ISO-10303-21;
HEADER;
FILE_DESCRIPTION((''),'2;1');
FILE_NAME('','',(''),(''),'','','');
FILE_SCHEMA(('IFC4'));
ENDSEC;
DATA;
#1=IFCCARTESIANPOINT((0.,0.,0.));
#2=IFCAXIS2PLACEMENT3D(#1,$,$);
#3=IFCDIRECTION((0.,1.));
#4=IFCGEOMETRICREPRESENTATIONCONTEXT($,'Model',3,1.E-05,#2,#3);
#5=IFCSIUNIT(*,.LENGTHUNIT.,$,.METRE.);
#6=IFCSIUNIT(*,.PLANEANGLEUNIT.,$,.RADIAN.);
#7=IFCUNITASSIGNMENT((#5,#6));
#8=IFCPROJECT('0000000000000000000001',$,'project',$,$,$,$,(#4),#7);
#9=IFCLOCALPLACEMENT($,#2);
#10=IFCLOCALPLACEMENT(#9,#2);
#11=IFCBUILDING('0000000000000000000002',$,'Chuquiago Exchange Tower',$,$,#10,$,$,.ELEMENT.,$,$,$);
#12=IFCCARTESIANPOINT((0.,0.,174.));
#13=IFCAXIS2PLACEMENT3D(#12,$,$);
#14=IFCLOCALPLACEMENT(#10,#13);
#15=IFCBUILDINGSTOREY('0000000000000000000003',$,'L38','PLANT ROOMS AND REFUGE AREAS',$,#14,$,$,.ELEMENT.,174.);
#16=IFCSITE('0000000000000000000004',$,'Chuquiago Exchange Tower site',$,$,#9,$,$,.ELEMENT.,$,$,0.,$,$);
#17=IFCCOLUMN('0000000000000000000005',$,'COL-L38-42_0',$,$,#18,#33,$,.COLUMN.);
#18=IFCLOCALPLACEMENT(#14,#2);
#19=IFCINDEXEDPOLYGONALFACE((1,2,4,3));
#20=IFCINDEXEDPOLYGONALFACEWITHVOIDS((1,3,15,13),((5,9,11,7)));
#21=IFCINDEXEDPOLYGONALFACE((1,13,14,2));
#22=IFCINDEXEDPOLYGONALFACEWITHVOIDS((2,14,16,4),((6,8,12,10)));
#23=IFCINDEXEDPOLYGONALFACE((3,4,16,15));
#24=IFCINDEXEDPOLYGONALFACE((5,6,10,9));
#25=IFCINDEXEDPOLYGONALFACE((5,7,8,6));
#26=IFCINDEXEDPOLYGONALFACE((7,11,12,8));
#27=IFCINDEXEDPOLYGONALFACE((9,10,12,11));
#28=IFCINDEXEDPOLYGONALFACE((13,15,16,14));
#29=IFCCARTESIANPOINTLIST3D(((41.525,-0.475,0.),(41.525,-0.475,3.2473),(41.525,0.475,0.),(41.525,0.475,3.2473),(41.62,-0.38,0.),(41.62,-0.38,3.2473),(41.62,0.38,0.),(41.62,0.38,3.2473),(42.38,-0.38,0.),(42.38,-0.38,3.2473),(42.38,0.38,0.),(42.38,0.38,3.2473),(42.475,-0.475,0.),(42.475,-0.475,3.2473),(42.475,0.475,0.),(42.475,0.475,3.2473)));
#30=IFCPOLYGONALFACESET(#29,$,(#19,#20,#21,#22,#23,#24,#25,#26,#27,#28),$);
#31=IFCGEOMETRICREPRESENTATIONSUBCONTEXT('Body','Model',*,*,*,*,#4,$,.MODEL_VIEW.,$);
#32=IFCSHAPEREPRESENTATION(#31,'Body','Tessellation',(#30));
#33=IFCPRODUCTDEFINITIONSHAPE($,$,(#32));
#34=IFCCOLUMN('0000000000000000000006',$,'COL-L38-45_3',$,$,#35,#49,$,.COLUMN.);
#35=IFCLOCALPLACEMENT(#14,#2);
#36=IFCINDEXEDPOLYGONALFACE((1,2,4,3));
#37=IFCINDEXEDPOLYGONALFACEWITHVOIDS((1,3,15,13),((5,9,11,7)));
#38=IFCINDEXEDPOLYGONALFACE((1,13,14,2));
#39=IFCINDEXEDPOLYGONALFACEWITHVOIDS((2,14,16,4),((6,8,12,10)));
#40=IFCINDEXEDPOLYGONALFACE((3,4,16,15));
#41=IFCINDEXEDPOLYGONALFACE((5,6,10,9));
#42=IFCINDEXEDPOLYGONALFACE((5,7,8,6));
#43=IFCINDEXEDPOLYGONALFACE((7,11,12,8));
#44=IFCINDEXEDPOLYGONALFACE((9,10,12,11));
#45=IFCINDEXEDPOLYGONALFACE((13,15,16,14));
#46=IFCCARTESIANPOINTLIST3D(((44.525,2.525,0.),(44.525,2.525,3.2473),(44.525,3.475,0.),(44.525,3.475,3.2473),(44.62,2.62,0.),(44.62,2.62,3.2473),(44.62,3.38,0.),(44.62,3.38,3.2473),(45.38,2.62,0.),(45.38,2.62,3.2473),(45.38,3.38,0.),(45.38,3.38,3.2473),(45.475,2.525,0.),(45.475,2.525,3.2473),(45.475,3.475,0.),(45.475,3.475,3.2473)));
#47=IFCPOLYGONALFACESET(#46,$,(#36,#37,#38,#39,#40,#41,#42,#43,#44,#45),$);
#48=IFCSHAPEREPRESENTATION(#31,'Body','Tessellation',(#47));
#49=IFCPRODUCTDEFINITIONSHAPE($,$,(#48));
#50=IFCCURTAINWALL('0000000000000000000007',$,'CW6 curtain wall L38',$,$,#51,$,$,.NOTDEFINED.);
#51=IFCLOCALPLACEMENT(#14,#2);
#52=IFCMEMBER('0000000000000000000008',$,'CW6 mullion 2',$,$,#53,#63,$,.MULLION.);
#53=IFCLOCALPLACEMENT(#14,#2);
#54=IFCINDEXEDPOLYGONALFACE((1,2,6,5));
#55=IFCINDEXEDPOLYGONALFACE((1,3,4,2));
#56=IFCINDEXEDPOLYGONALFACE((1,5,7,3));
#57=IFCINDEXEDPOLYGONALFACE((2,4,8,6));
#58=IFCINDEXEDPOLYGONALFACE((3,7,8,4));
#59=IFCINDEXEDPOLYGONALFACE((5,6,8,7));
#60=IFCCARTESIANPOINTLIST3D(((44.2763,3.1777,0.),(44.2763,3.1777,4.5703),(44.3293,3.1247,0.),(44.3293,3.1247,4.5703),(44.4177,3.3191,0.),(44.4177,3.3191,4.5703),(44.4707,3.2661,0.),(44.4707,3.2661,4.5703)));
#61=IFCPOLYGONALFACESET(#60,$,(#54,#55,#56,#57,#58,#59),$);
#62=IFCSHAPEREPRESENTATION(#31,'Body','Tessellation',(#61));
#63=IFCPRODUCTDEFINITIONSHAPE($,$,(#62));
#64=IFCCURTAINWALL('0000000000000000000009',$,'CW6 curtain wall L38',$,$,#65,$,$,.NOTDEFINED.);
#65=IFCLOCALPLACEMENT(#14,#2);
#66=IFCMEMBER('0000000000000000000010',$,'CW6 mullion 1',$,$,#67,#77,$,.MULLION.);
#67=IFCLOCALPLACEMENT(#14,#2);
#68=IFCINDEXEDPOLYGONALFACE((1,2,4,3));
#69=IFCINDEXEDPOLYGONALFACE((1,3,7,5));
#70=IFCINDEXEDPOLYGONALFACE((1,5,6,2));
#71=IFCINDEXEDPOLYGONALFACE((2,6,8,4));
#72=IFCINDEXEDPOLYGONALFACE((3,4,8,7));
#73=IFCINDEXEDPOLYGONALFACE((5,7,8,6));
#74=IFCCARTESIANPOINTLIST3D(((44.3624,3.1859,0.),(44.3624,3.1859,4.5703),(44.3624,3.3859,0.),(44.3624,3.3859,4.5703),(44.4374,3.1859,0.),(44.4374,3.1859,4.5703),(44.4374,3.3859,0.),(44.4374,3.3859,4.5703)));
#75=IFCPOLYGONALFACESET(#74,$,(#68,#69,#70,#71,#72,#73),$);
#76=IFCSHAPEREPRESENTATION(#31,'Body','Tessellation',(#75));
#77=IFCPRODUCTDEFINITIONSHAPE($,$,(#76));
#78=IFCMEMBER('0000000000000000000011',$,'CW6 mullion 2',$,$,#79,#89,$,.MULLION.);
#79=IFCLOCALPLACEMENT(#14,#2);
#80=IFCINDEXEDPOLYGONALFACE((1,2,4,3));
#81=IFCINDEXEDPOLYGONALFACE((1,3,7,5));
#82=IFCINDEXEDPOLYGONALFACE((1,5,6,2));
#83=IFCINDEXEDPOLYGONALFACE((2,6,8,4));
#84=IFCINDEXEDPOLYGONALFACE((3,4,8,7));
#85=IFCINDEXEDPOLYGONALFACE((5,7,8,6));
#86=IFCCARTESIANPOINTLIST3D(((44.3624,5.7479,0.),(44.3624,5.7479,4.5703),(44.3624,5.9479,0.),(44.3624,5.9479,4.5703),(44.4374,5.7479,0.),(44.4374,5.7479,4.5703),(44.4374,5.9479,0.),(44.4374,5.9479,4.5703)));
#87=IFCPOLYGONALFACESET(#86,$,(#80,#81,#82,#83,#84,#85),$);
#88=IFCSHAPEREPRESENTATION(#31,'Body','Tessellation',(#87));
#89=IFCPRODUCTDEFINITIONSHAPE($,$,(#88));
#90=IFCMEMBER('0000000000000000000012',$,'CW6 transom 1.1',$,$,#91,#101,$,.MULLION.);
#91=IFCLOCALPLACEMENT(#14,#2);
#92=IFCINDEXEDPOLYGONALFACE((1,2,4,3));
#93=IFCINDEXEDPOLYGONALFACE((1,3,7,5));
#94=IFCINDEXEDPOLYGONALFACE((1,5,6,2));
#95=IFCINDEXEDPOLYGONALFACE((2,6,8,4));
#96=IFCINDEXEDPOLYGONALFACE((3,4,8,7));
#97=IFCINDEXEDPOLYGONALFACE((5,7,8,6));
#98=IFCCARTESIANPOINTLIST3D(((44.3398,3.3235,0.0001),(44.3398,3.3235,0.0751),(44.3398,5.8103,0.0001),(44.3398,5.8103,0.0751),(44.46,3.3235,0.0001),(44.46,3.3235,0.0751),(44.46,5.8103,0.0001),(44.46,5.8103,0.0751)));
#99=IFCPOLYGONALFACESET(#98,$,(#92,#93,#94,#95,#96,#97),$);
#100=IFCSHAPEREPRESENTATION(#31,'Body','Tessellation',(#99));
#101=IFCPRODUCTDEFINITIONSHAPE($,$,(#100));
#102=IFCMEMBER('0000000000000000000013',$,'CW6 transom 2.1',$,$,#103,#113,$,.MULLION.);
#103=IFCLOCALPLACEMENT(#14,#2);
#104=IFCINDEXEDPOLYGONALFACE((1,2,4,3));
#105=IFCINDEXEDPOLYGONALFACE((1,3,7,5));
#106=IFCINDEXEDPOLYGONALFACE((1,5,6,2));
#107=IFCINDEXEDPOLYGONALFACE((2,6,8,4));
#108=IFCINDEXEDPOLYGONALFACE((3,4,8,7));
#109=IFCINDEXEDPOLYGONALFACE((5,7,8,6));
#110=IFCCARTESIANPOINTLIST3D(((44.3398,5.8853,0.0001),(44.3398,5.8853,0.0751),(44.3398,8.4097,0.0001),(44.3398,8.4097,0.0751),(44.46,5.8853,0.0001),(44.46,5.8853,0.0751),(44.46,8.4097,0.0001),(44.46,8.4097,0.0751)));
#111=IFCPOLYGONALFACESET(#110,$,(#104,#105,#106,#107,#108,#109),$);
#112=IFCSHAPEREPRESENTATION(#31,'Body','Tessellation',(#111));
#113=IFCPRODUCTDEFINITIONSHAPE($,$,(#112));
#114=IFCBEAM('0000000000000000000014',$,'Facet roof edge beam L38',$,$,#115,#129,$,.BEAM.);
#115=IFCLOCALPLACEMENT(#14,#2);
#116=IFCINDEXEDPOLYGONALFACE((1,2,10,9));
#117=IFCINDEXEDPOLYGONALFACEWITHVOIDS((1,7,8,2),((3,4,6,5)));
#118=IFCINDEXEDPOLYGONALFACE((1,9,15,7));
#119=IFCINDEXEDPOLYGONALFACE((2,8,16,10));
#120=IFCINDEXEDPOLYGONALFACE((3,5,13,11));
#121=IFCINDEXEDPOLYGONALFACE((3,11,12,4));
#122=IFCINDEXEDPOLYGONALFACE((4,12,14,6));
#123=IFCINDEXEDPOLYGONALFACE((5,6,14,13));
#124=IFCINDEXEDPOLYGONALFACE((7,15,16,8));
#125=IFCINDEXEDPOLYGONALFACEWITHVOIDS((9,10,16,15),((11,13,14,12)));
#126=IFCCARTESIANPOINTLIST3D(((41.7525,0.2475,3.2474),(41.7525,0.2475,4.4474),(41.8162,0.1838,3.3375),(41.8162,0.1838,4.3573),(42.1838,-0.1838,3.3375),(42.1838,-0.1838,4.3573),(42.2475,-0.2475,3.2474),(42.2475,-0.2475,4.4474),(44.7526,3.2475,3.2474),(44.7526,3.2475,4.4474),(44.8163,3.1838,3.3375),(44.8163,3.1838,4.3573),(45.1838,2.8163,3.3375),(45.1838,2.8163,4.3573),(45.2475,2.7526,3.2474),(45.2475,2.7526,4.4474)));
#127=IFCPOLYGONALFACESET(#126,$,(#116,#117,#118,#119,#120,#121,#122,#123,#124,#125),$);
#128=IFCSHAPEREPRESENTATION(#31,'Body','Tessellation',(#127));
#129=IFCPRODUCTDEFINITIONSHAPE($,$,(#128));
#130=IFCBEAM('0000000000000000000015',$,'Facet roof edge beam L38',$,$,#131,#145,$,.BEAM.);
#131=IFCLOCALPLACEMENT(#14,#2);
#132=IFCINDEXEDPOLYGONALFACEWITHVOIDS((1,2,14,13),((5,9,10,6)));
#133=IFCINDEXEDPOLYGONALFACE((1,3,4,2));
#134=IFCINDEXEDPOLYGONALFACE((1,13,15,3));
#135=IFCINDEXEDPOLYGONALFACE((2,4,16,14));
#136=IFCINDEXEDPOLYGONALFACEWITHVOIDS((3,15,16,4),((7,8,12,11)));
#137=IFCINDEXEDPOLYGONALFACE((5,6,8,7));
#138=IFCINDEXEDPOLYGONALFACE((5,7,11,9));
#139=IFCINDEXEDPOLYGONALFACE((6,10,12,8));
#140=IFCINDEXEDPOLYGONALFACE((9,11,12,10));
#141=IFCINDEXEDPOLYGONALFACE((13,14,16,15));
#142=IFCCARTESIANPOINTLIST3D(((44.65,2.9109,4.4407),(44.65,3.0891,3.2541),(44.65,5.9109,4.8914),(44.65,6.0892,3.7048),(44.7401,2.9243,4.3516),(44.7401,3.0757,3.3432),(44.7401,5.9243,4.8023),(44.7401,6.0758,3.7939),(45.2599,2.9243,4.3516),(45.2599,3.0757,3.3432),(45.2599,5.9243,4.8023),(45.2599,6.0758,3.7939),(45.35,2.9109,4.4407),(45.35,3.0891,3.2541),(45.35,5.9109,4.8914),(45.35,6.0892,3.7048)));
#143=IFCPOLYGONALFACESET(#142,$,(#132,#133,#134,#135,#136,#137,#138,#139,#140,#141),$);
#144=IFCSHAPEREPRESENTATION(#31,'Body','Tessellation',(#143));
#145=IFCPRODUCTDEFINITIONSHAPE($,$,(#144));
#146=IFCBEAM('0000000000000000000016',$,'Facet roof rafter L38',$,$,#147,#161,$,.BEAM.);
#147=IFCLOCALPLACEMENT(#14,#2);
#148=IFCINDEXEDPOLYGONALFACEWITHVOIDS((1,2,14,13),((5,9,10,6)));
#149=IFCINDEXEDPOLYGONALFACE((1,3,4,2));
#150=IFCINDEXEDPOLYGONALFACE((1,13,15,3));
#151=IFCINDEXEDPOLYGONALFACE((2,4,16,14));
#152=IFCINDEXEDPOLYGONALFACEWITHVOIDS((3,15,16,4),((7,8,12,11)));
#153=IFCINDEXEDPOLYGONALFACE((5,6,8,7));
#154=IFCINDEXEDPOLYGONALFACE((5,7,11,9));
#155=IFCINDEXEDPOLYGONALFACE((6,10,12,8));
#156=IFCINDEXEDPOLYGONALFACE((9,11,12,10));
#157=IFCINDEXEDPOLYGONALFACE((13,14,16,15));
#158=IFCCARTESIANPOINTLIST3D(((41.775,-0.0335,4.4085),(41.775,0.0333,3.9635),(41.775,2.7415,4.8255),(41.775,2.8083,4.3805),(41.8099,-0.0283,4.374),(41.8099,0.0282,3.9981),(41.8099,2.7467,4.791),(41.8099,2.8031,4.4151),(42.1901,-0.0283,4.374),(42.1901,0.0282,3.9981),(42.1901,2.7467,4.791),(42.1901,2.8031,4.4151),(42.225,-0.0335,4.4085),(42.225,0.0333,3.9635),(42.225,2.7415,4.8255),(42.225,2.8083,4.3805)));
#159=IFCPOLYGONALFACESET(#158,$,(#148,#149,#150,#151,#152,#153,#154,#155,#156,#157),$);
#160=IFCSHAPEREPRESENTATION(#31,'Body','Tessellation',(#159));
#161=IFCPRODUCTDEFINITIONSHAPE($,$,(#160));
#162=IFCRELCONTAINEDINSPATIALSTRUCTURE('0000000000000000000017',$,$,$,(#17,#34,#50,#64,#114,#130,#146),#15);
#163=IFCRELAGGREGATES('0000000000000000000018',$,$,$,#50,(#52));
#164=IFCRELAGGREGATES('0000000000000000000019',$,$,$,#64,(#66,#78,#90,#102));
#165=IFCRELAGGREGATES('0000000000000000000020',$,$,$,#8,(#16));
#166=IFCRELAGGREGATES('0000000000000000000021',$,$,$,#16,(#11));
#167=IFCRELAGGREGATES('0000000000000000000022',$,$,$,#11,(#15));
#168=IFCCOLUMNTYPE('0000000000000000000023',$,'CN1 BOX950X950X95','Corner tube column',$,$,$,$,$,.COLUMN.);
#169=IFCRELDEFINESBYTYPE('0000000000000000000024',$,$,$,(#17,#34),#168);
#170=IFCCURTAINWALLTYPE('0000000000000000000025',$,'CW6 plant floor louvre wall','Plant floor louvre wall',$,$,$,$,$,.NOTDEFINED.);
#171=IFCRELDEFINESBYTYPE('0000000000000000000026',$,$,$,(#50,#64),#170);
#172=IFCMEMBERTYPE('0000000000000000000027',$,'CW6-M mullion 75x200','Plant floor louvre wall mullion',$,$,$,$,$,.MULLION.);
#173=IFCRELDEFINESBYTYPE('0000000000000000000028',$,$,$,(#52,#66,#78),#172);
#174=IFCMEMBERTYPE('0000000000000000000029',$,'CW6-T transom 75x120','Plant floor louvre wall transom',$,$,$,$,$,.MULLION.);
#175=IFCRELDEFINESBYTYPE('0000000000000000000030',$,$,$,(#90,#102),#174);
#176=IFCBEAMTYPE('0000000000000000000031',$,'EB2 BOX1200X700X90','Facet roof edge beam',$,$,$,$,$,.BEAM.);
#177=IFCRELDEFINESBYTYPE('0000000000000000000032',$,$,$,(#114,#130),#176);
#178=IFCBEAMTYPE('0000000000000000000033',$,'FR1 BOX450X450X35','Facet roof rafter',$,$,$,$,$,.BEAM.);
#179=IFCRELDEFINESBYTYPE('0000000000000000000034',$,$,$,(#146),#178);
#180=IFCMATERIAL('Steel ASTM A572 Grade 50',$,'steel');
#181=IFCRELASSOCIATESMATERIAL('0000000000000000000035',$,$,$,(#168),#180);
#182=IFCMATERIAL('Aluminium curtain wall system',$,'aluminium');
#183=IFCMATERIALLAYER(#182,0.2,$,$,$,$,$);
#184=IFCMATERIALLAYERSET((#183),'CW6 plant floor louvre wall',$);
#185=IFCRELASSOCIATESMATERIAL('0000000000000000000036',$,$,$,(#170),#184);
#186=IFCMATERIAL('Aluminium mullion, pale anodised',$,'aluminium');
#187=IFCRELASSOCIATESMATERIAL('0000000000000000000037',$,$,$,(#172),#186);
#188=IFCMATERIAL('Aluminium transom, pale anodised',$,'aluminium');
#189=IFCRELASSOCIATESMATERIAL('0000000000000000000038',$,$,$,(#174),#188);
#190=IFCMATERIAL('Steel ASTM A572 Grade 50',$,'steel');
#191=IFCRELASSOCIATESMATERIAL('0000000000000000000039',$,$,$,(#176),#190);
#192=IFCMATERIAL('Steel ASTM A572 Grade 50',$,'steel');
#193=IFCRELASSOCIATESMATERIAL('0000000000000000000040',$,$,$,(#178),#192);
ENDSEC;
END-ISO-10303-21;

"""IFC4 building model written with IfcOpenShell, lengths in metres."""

from ifc_helpers import new_model, si_unit, direction, frame, origin, origin_2d, place, context, subcontext, project, spatial, rectangle, hollow_rectangle, extrude, material, layer, layer_set, material_profile, profile_set, type_object, element, aggregate, save


model = new_model("IFC4")

# Units and contexts
model_context = context("Model", 3, precision=1e-05, world=origin(), true_north=direction((0.0, 1.0)))
body_context = subcontext(model_context, "Body", "Model", "MODEL_VIEW")
ifc_project = project(units=[si_unit("LENGTHUNIT", "METRE"), si_unit("PLANEANGLEUNIT", "RADIAN")], contexts=[model_context])

# Site, building, storey
site_placement = place(None, origin())
site = spatial("IfcSite", under=ifc_project, at=site_placement, Name="Chuquiago Exchange Tower site", CompositionType="ELEMENT", RefElevation=0.0)
building_placement = place(site_placement, origin())
building = spatial("IfcBuilding", under=site, at=building_placement, Name="Chuquiago Exchange Tower", CompositionType="ELEMENT")
storey_placement = place(building_placement, frame((0.0, 0.0, 174.0)))
storey = spatial("IfcBuildingStorey", under=building, at=storey_placement, Name="L38", Description="PLANT ROOMS AND REFUGE AREAS", CompositionType="ELEMENT", Elevation=174.0)

# Columns
ifc_material_1 = material(Name="Steel ASTM A572 Grade 50", Category="steel")
ifc_material_profile_1 = material_profile(ifc_material_1, hollow_rectangle(XDim=0.95, YDim=0.95, WallThickness=0.095, at=origin_2d()), Name="BOX950X950X95")
ifc_profile_set_1 = profile_set([ifc_material_profile_1], Name="Steel ASTM A572 Grade 50")
column_type = type_object("IfcColumnType", Name="CN1 BOX950X950X95", Description="Corner tube column", PredefinedType="COLUMN", material=ifc_profile_set_1)
for number, where, z_axis, x_axis, name in (
    (1, (42.0, 0.0, 0.0), (0.0, 0.0, 1.0), (0.0, -1.0, 0.0), "COL-L38-42_0"),
    (2, (45.0, 3.0, 0.0), (0.0, 0.0, 1.0), (1.0, 0.0, 0.0), "COL-L38-45_3"),
):
    element("IfcColumn", number, at=place(storey_placement, frame(where, z_axis=z_axis, x_axis=x_axis)), inside=storey, type_object=column_type, Name=name, PredefinedType="COLUMN", context=body_context, shape_type="SweptSolid", body=[
        extrude(hollow_rectangle(XDim=0.95, YDim=0.95, WallThickness=0.095, at=origin_2d()), origin(), (0.0, 0.0, 1.0), 3.2473),
    ])

# Curtain wall, member
ifc_material_2 = material(Name="Aluminium curtain wall system", Category="aluminium")
ifc_layer_1 = layer(ifc_material_2, 0.2)
ifc_layer_set_1 = layer_set([ifc_layer_1], Name="CW6 plant floor louvre wall")
curtain_wall_type = type_object("IfcCurtainWallType", Name="CW6 plant floor louvre wall", Description="Plant floor louvre wall", PredefinedType="NOTDEFINED", material=ifc_layer_set_1)
curtain_wall_1_placement = place(storey_placement, origin())
curtain_wall_1 = element("IfcCurtainWall", 3, at=curtain_wall_1_placement, inside=storey, type_object=curtain_wall_type, Name="CW6 curtain wall L38", PredefinedType="NOTDEFINED")
ifc_material_3 = material(Name="Aluminium mullion, pale anodised", Category="aluminium")
ifc_material_profile_2 = material_profile(ifc_material_3, rectangle(XDim=0.075, YDim=0.2, at=origin_2d()), Name="AL 75x200")
ifc_profile_set_2 = profile_set([ifc_material_profile_2], Name="Aluminium mullion, pale anodised")
member_type_1 = type_object("IfcMemberType", Name="CW6-M mullion 75x200", Description="Plant floor louvre wall mullion", PredefinedType="MULLION", material=ifc_profile_set_2)
member_1_placement = place(storey_placement, frame((44.3735, 3.2219, 0.0), z_axis=(0.0, 0.0, 1.0), x_axis=(-0.707107, 0.707107, 0.0)))
member_1 = element("IfcMember", 4, at=member_1_placement, type_object=member_type_1, Name="CW6 mullion 2", PredefinedType="MULLION", context=body_context, shape_type="SweptSolid", body=[
    extrude(rectangle(XDim=0.075, YDim=0.2, at=origin_2d()), origin(), (0.0, 0.0, 1.0), 4.5703),
])

# Curtain wall, members
curtain_wall_2_placement = place(storey_placement, origin())
curtain_wall_2 = element("IfcCurtainWall", 5, at=curtain_wall_2_placement, inside=storey, type_object=curtain_wall_type, Name="CW6 curtain wall L38", PredefinedType="NOTDEFINED")
member_2_placement = place(storey_placement, frame((44.3999, 3.2859, 0.0), z_axis=(0.0, 0.0, 1.0), x_axis=(-1.0, 0.0, 0.0)))
member_2 = element("IfcMember", 6, at=member_2_placement, type_object=member_type_1, Name="CW6 mullion 1", PredefinedType="MULLION", context=body_context, shape_type="SweptSolid", body=[
    extrude(rectangle(XDim=0.075, YDim=0.2, at=origin_2d()), origin(), (0.0, 0.0, 1.0), 4.5703),
])
member_3_placement = place(storey_placement, frame((44.3999, 5.8479, 0.0), z_axis=(0.0, 0.0, 1.0), x_axis=(-1.0, 0.0, 0.0)))
member_3 = element("IfcMember", 7, at=member_3_placement, type_object=member_type_1, Name="CW6 mullion 2", PredefinedType="MULLION", context=body_context, shape_type="SweptSolid", body=[
    extrude(rectangle(XDim=0.075, YDim=0.2, at=origin_2d()), origin(), (0.0, 0.0, 1.0), 4.5703),
])
ifc_material_4 = material(Name="Aluminium transom, pale anodised", Category="aluminium")
ifc_material_profile_3 = material_profile(ifc_material_4, rectangle(XDim=0.1201, YDim=0.075, at=origin_2d()), Name="AL 120x75")
ifc_profile_set_3 = profile_set([ifc_material_profile_3], Name="Aluminium transom, pale anodised")
member_type_2 = type_object("IfcMemberType", Name="CW6-T transom 75x120", Description="Plant floor louvre wall transom", PredefinedType="MULLION", material=ifc_profile_set_3)
member_4_placement = place(storey_placement, frame((44.3999, 3.3235, 0.0376), z_axis=(0.0, 1.0, 0.0), x_axis=(-1.0, 0.0, 0.0)))
member_4 = element("IfcMember", 8, at=member_4_placement, type_object=member_type_2, Name="CW6 transom 1.1", PredefinedType="MULLION", context=body_context, shape_type="SweptSolid", body=[
    extrude(rectangle(XDim=0.1201, YDim=0.075, at=origin_2d()), origin(), (0.0, 0.0, 1.0), 2.4868),
])
member_5_placement = place(storey_placement, frame((44.3999, 5.8853, 0.0376), z_axis=(0.0, 1.0, 0.0), x_axis=(-1.0, 0.0, 0.0)))
member_5 = element("IfcMember", 9, at=member_5_placement, type_object=member_type_2, Name="CW6 transom 2.1", PredefinedType="MULLION", context=body_context, shape_type="SweptSolid", body=[
    extrude(rectangle(XDim=0.1201, YDim=0.075, at=origin_2d()), origin(), (0.0, 0.0, 1.0), 2.5244),
])

# Beams
ifc_material_5 = material(Name="Steel ASTM A572 Grade 50", Category="steel")
ifc_material_profile_4 = material_profile(ifc_material_5, hollow_rectangle(XDim=0.7, YDim=1.2, WallThickness=0.0901, at=origin_2d()), Name="BOX1200X700X90")
ifc_profile_set_4 = profile_set([ifc_material_profile_4], Name="Steel ASTM A572 Grade 50")
beam_type_1 = type_object("IfcBeamType", Name="EB2 BOX1200X700X90", Description="Facet roof edge beam", PredefinedType="BEAM", material=ifc_profile_set_4)
beam_1_placement = place(storey_placement, frame((42.0, 0.0, 3.8474), z_axis=(0.707107, 0.707107, 0.0), x_axis=(-0.707107, 0.707107, 0.0)))
element("IfcBeam", 10, at=beam_1_placement, inside=storey, type_object=beam_type_1, Name="Facet roof edge beam L38", PredefinedType="BEAM", context=body_context, shape_type="SweptSolid", body=[
    extrude(hollow_rectangle(XDim=0.7, YDim=1.2, WallThickness=0.0901, at=origin_2d()), origin(), (0.0, 0.0, 1.0), 4.2427),
])
beam_2_placement = place(storey_placement, frame((45.0, 3.0, 3.8474), z_axis=(0.0, 0.988903, 0.148561), x_axis=(-1.0, 0.0, 0.0)))
element("IfcBeam", 11, at=beam_2_placement, inside=storey, type_object=beam_type_1, Name="Facet roof edge beam L38", PredefinedType="BEAM", context=body_context, shape_type="SweptSolid", body=[
    extrude(hollow_rectangle(XDim=0.7, YDim=1.2, WallThickness=0.0901, at=origin_2d()), origin(), (0.0, 0.0, 1.0), 3.0337),
])
ifc_material_6 = material(Name="Steel ASTM A572 Grade 50", Category="steel")
ifc_material_profile_5 = material_profile(ifc_material_6, hollow_rectangle(XDim=0.45, YDim=0.45, WallThickness=0.0349, at=origin_2d()), Name="BOX450X450X35")
ifc_profile_set_5 = profile_set([ifc_material_profile_5], Name="Steel ASTM A572 Grade 50")
beam_type_2 = type_object("IfcBeamType", Name="FR1 BOX450X450X35", Description="Facet roof rafter", PredefinedType="BEAM", material=ifc_profile_set_5)
beam_3_placement = place(storey_placement, frame((42.0, 2.7749, 4.603), z_axis=(0.0, -0.988897, -0.148604), x_axis=(1.0, 0.0, 0.0)))
element("IfcBeam", 12, at=beam_3_placement, inside=storey, type_object=beam_type_2, Name="Facet roof rafter L38", PredefinedType="BEAM", context=body_context, shape_type="SweptSolid", body=[
    extrude(hollow_rectangle(XDim=0.45, YDim=0.45, WallThickness=0.0349, at=origin_2d()), origin(), (0.0, 0.0, 1.0), 2.8062),
])

aggregate(curtain_wall_1, [member_1])
aggregate(curtain_wall_2, [member_2, member_3, member_4, member_5])

save(model, "model.ifc")
